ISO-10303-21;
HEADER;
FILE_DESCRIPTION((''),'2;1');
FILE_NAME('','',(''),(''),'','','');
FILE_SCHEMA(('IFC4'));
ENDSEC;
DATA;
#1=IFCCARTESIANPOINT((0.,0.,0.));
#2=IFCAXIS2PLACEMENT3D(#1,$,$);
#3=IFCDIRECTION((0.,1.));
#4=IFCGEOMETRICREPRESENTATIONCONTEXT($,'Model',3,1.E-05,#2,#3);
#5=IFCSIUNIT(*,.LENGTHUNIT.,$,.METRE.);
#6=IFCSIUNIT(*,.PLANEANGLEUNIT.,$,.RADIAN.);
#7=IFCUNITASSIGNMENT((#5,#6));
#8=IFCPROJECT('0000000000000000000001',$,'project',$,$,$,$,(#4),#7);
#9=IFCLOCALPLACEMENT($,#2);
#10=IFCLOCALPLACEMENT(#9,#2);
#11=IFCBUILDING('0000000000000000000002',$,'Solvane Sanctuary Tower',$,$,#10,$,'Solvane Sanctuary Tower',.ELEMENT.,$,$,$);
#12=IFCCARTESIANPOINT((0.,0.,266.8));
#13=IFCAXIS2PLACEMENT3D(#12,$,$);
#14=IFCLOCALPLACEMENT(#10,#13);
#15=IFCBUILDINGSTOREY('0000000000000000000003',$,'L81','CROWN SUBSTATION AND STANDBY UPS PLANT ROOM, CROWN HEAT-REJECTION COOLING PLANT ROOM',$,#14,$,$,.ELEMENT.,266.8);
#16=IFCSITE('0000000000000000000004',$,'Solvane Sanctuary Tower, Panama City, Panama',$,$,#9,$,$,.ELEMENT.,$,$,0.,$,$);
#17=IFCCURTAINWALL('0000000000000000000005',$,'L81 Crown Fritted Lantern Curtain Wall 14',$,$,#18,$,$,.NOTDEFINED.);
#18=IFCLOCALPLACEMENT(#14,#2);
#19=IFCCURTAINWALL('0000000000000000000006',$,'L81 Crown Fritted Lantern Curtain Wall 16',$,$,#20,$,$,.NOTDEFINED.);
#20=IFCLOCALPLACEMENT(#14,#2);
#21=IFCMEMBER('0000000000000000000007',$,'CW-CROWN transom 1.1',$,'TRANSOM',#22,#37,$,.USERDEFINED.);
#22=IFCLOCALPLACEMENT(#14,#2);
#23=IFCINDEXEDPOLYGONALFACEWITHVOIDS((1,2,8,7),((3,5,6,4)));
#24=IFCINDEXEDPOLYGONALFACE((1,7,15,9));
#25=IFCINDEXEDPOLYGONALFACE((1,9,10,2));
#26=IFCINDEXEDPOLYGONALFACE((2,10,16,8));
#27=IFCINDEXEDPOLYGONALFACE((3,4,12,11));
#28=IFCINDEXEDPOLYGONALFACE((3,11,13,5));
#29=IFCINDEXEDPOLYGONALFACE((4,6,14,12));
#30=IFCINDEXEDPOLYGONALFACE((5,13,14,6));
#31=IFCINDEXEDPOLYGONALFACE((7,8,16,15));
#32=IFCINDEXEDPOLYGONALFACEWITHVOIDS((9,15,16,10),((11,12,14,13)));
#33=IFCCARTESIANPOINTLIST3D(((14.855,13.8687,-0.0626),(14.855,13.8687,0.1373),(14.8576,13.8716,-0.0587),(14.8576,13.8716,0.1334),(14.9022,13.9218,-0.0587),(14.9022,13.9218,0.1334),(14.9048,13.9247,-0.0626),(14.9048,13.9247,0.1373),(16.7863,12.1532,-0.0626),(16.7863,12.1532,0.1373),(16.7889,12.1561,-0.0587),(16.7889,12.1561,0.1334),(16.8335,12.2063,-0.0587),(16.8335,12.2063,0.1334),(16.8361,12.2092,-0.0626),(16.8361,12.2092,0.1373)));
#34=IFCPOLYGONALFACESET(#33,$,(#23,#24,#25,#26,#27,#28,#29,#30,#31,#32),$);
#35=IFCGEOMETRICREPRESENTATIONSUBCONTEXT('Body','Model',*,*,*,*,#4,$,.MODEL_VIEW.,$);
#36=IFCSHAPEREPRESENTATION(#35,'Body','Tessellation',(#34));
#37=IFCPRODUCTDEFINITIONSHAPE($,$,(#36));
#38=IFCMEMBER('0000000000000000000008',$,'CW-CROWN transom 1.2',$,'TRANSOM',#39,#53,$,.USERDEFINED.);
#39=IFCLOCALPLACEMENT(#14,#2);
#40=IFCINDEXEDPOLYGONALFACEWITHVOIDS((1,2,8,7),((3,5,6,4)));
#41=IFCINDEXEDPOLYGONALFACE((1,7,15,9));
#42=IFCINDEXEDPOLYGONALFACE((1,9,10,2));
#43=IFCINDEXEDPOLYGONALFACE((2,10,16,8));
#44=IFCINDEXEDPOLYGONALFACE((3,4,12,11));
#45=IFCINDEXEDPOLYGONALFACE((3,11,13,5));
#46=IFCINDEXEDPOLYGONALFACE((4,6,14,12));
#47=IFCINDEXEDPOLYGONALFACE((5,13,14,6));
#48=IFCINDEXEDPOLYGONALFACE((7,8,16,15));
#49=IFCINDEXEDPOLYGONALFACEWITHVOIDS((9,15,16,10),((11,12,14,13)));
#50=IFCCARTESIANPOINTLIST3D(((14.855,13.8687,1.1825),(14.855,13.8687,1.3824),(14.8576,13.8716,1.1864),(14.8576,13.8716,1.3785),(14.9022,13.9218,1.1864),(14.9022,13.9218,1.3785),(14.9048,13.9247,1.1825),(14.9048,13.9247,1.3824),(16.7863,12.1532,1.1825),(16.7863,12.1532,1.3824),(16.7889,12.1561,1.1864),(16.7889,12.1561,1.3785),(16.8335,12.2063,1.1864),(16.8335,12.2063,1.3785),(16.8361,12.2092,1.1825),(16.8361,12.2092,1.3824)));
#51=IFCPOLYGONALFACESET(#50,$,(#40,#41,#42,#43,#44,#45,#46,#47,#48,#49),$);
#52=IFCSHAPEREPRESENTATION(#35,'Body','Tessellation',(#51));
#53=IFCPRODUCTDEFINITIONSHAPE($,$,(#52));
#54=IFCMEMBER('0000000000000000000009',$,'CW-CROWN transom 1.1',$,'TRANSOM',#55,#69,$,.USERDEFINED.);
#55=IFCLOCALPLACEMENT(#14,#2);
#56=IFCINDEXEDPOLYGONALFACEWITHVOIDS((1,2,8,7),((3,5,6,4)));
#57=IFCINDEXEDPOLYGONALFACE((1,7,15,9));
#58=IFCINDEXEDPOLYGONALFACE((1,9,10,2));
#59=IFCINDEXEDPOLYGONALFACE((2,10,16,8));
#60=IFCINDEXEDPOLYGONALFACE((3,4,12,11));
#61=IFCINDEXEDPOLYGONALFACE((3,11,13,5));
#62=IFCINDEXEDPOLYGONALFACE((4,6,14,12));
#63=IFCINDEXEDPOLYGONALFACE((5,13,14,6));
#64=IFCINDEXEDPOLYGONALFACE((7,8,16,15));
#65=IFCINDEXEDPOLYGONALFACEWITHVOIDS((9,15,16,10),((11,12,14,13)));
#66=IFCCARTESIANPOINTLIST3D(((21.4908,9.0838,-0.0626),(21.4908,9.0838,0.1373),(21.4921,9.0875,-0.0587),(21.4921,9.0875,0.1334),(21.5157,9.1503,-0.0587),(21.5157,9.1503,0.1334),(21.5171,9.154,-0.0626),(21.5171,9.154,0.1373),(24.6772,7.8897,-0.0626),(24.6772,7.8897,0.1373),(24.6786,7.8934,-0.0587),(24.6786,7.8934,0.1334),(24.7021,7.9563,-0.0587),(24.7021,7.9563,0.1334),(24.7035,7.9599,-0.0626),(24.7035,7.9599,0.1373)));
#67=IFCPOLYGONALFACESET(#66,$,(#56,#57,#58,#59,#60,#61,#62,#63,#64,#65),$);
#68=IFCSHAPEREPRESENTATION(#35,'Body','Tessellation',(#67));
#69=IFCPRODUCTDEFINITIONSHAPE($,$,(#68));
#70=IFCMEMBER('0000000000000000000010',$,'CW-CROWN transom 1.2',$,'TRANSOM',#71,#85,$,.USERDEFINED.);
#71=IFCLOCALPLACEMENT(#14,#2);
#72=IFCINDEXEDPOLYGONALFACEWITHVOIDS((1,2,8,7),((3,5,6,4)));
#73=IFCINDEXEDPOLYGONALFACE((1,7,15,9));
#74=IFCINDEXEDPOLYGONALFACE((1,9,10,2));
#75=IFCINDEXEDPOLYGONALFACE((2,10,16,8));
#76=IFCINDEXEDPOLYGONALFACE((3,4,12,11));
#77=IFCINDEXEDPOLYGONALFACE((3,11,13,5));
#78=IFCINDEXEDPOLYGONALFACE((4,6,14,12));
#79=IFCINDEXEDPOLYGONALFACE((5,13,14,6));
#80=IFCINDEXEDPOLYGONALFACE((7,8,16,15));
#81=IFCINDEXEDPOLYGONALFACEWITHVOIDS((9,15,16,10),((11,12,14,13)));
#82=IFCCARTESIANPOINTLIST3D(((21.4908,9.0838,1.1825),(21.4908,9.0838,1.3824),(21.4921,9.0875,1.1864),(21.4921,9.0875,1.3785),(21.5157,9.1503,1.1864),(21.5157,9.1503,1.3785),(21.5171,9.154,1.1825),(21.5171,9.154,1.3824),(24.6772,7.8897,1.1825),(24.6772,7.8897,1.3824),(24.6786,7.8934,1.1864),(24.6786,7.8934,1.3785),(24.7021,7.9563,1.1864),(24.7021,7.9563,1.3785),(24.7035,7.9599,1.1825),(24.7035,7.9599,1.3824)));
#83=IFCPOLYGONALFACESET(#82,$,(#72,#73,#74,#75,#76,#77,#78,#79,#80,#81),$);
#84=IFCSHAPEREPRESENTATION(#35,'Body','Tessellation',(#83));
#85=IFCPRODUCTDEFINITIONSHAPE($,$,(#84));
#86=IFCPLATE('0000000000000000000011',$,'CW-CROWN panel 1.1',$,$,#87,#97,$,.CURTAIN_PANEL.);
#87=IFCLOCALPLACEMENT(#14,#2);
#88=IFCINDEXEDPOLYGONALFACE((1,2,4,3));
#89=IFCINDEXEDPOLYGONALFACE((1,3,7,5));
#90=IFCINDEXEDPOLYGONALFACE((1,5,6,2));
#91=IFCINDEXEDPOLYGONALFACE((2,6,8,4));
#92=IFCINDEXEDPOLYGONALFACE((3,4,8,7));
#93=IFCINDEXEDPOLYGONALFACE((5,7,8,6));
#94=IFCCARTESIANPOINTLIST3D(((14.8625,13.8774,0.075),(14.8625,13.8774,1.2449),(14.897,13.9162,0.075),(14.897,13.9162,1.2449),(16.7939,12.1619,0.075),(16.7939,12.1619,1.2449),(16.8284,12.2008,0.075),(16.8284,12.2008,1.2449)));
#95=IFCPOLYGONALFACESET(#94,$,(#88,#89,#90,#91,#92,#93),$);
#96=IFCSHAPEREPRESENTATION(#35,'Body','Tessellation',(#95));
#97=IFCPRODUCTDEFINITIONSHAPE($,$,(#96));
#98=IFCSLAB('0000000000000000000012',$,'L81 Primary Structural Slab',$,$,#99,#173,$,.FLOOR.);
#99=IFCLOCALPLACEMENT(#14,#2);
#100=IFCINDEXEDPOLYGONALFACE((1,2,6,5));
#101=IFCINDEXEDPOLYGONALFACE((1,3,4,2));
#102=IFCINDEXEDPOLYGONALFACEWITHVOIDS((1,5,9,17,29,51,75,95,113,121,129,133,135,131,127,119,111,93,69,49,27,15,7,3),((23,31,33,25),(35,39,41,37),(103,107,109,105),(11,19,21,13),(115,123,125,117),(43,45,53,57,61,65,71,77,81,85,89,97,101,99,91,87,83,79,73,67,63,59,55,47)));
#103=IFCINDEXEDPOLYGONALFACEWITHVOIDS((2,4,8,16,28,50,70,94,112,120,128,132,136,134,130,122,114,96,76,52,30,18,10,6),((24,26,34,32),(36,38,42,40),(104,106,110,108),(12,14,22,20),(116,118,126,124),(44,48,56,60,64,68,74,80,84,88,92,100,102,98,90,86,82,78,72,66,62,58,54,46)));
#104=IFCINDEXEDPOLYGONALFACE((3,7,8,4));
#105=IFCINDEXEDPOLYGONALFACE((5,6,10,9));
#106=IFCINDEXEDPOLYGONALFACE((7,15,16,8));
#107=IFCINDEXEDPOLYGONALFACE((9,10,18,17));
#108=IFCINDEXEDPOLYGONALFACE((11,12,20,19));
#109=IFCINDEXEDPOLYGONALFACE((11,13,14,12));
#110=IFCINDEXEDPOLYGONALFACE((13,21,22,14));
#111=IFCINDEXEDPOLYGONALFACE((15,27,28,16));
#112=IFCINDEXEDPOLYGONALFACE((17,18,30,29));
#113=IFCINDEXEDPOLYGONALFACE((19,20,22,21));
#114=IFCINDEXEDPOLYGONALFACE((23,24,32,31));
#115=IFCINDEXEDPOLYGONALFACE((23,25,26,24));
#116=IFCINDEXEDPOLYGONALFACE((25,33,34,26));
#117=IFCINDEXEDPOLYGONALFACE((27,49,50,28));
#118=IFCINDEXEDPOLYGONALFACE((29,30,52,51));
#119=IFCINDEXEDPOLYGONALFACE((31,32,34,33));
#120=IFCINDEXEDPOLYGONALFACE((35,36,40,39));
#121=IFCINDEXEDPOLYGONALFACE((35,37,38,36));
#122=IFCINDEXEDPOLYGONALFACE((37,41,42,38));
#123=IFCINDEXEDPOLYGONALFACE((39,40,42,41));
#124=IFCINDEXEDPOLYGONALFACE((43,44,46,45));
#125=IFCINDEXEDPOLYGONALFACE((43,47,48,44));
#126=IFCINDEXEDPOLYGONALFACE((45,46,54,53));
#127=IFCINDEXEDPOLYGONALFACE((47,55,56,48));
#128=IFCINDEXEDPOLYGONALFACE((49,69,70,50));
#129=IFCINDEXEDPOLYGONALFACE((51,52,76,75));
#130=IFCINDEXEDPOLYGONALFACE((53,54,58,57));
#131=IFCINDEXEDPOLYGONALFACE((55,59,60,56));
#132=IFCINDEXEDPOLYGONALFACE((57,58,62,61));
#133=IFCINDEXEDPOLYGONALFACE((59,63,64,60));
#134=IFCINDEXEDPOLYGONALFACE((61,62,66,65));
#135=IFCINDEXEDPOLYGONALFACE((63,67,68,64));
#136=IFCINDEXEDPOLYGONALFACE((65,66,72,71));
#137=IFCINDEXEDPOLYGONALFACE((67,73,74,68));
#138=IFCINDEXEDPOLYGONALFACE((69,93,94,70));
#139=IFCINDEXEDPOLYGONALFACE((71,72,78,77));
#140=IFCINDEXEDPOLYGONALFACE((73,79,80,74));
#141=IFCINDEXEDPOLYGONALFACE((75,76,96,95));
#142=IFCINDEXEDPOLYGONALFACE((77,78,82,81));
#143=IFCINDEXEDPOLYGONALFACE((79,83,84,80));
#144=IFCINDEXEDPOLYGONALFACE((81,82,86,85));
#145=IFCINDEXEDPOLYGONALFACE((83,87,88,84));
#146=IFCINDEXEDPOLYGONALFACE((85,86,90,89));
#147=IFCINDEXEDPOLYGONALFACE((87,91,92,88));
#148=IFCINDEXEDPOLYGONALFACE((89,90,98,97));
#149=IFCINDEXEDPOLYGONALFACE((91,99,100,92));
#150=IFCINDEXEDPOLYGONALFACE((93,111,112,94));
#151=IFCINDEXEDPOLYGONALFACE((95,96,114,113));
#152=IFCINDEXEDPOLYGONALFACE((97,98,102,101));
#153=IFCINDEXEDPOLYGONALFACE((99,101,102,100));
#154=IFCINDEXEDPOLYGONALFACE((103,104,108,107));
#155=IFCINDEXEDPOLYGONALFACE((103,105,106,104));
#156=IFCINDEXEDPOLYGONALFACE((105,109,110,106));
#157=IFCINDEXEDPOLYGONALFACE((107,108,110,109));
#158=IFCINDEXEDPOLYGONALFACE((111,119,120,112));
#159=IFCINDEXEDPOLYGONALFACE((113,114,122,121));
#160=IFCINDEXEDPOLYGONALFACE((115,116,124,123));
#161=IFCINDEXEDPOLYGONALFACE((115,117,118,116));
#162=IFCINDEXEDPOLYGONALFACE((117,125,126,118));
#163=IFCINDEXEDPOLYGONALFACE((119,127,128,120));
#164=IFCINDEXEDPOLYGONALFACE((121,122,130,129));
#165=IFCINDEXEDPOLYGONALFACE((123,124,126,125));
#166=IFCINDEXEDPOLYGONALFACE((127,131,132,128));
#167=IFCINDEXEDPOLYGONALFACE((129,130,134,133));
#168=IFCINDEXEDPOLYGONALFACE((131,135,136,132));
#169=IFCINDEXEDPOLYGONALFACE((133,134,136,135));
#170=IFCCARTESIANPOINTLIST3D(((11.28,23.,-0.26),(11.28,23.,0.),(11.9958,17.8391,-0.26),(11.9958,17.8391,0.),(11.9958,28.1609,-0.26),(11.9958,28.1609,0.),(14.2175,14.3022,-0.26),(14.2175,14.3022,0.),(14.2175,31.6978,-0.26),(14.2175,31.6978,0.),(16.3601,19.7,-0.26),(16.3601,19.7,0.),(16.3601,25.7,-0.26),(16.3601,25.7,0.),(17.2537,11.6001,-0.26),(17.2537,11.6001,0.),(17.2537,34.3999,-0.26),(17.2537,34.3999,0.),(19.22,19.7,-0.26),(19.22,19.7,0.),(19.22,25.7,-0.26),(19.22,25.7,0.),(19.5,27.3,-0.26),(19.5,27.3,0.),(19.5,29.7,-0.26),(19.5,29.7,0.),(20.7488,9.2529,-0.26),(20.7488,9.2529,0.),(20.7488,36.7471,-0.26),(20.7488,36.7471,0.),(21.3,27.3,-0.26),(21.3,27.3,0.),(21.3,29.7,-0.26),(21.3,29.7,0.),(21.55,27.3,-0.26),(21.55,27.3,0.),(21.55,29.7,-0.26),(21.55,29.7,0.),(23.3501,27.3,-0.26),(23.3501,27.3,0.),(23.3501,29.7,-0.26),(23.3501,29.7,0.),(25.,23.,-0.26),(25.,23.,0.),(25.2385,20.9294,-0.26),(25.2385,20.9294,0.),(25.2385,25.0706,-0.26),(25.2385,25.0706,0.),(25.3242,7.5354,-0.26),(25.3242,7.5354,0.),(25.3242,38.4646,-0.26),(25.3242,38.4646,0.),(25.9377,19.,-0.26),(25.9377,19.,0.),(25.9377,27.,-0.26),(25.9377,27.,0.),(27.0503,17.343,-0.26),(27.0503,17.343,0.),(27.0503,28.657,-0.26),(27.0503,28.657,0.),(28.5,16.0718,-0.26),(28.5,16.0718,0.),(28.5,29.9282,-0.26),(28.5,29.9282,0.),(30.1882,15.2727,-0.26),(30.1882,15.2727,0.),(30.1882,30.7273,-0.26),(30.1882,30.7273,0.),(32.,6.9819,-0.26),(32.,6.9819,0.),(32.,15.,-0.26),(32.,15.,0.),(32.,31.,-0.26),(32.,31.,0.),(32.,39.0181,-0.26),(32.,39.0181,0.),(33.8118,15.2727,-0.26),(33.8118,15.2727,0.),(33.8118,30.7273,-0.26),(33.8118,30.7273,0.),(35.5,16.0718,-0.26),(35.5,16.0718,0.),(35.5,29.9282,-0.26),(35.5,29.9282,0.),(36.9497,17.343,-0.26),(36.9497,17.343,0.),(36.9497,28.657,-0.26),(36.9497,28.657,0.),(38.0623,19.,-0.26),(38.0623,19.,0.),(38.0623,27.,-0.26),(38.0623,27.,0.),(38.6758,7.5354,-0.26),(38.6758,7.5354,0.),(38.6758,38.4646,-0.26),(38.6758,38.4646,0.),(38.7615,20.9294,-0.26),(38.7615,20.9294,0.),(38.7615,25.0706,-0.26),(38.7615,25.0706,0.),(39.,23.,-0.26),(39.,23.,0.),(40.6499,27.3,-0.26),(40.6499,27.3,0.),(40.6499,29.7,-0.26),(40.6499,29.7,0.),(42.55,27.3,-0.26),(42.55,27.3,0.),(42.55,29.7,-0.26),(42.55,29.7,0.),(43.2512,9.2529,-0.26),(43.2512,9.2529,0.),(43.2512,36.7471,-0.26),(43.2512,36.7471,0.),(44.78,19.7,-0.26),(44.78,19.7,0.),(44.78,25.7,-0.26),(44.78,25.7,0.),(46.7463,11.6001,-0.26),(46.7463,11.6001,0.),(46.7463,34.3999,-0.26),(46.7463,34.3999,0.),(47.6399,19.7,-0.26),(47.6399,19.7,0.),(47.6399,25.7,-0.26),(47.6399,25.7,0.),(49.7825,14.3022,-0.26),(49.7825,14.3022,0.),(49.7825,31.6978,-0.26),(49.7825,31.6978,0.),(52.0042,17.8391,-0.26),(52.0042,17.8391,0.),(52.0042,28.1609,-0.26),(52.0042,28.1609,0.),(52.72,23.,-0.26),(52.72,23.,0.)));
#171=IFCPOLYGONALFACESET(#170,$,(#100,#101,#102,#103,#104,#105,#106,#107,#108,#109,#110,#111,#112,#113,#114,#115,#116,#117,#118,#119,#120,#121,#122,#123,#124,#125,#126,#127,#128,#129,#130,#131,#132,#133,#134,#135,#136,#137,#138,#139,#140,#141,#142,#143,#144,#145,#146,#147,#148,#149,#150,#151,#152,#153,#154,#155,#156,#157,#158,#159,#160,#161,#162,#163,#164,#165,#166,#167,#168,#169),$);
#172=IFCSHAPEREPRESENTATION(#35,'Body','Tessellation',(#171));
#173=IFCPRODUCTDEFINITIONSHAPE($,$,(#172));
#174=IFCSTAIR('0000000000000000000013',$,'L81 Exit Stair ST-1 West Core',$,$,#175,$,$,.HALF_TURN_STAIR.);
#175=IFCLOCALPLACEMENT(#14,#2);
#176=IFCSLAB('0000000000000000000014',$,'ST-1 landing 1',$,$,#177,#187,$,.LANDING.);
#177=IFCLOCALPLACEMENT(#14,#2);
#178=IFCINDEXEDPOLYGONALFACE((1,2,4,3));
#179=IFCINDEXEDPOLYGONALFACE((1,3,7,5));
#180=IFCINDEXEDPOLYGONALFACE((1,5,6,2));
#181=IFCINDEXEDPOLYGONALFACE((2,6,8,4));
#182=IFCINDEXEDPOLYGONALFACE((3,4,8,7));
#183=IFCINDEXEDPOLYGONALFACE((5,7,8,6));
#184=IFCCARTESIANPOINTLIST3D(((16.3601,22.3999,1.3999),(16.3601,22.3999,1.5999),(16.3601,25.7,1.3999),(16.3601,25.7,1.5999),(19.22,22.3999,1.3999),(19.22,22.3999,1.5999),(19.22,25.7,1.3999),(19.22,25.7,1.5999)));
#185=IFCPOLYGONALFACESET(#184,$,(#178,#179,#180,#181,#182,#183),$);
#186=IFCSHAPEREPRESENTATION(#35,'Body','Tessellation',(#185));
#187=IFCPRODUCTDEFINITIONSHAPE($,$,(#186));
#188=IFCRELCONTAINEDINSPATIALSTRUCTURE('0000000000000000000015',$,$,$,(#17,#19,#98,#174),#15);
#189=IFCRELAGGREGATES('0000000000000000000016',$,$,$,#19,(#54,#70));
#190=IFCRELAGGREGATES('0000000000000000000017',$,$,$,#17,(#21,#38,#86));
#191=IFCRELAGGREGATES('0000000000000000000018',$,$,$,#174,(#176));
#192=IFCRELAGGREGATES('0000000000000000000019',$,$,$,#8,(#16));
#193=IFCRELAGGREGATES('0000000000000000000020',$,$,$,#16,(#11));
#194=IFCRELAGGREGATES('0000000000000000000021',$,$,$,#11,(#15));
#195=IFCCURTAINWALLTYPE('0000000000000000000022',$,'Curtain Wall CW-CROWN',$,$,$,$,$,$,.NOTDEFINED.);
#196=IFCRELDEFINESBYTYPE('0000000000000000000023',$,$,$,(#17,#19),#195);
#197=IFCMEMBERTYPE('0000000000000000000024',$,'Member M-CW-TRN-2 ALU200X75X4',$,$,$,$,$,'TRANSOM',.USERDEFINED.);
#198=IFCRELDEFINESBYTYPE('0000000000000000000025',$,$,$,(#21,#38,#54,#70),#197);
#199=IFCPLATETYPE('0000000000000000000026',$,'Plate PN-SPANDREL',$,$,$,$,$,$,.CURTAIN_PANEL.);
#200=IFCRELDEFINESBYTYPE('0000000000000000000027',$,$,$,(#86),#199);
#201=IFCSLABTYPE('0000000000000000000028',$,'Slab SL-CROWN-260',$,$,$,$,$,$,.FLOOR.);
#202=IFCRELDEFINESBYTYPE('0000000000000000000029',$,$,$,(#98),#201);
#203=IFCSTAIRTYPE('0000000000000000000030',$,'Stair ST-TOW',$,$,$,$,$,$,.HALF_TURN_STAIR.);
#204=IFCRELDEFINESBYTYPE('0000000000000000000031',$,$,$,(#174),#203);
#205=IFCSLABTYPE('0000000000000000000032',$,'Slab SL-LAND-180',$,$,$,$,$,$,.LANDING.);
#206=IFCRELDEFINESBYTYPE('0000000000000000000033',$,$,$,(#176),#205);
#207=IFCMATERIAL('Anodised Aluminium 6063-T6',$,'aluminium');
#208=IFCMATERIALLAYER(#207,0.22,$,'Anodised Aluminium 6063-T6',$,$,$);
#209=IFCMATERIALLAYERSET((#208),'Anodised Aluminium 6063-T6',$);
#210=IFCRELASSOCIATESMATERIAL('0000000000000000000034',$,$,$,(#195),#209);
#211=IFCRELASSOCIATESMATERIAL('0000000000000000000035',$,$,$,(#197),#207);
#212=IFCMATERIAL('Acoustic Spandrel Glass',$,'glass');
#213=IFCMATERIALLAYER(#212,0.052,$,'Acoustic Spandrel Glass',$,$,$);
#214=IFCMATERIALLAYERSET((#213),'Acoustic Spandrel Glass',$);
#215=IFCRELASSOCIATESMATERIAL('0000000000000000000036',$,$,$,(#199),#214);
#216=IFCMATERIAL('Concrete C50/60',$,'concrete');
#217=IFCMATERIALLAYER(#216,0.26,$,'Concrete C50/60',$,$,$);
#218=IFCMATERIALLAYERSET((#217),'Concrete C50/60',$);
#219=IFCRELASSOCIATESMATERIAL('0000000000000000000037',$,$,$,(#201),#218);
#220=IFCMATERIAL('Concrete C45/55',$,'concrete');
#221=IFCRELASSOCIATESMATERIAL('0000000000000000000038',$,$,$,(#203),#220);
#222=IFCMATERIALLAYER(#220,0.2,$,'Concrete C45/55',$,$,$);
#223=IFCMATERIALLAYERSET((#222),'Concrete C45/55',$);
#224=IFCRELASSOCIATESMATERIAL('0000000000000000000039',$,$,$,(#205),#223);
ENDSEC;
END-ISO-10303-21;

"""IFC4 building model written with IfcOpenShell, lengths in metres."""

from ifc_helpers import new_model, si_unit, direction, frame, origin, origin_2d, place, context, subcontext, project, spatial, polyline, rectangle, hollow_rectangle, outline, extrude, material, layer, layer_set, material_profile, profile_set, type_object, element, aggregate, save


model = new_model("IFC4")

# Units and contexts
model_context = context("Model", 3, precision=1e-05, world=origin(), true_north=direction((0.0, 1.0)))
body_context = subcontext(model_context, "Body", "Model", "MODEL_VIEW")
ifc_project = project(units=[si_unit("LENGTHUNIT", "METRE"), si_unit("PLANEANGLEUNIT", "RADIAN")], contexts=[model_context])

# Site, building, storey
site_placement = place(None, origin())
site = spatial("IfcSite", under=ifc_project, at=site_placement, Name="Solvane Sanctuary Tower, Panama City, Panama", CompositionType="ELEMENT", RefElevation=0.0)
building_placement = place(site_placement, origin())
building = spatial("IfcBuilding", under=site, at=building_placement, Name="Solvane Sanctuary Tower", LongName="Solvane Sanctuary Tower", CompositionType="ELEMENT")
storey_placement = place(building_placement, frame((0.0, 0.0, 266.8)))
storey = spatial("IfcBuildingStorey", under=building, at=storey_placement, Name="L81", Description="CROWN SUBSTATION AND STANDBY UPS PLANT ROOM, CROWN HEAT-REJECTION COOLING PLANT ROOM", CompositionType="ELEMENT", Elevation=266.8)

# Shared definitions
ifc_material_1 = material(Name="Anodised Aluminium 6063-T6", Category="aluminium")
ifc_layer_1 = layer(ifc_material_1, 0.22, Name="Anodised Aluminium 6063-T6")
ifc_layer_set_1 = layer_set([ifc_layer_1], Name="Anodised Aluminium 6063-T6")
curtain_wall_type = type_object("IfcCurtainWallType", Name="Curtain Wall CW-CROWN", PredefinedType="NOTDEFINED", material=ifc_layer_set_1)

# Curtain wall
curtain_wall_1_placement = place(storey_placement, origin())
curtain_wall_1 = element("IfcCurtainWall", 1, at=curtain_wall_1_placement, inside=storey, type_object=curtain_wall_type, Name="L81 Crown Fritted Lantern Curtain Wall 14", PredefinedType="NOTDEFINED")

# Curtain wall
curtain_wall_2_placement = place(storey_placement, origin())
curtain_wall_2 = element("IfcCurtainWall", 2, at=curtain_wall_2_placement, inside=storey, type_object=curtain_wall_type, Name="L81 Crown Fritted Lantern Curtain Wall 16", PredefinedType="NOTDEFINED")

# Members
ifc_material_profile_1 = material_profile(ifc_material_1, hollow_rectangle(XDim=0.075, YDim=0.2, WallThickness=0.0039, at=origin_2d()), Name="ALU200X75X4")
ifc_profile_set_1 = profile_set([ifc_material_profile_1], Name="Anodised Aluminium 6063-T6")
member_type_1 = type_object("IfcMemberType", Name="Member M-CW-TRN-2 ALU200X75X4", ElementType="TRANSOM", PredefinedType="USERDEFINED", material=ifc_profile_set_1)
member_1_placement = place(storey_placement, frame((14.8799, 13.8967, 0.0374), z_axis=(0.747644, -0.6641, 0.0), x_axis=(0.6641, 0.747644, 0.0)))
member_1 = element("IfcMember", 3, at=member_1_placement, type_object=member_type_1, Name="CW-CROWN transom 1.1", ObjectType="TRANSOM", PredefinedType="USERDEFINED", context=body_context, shape_type="SweptSolid", body=[
    extrude(hollow_rectangle(XDim=0.075, YDim=0.2, WallThickness=0.0039, at=origin_2d()), origin(), (0.0, 0.0, 1.0), 2.5833),
])
member_2_placement = place(storey_placement, frame((14.8799, 13.8967, 1.2825), z_axis=(0.747644, -0.6641, 0.0), x_axis=(0.6641, 0.747644, 0.0)))
member_2 = element("IfcMember", 4, at=member_2_placement, type_object=member_type_1, Name="CW-CROWN transom 1.2", ObjectType="TRANSOM", PredefinedType="USERDEFINED", context=body_context, shape_type="SweptSolid", body=[
    extrude(hollow_rectangle(XDim=0.075, YDim=0.2, WallThickness=0.0039, at=origin_2d()), origin(), (0.0, 0.0, 1.0), 2.5833),
])
member_3_placement = place(storey_placement, frame((21.5039, 9.1189, 0.0374), z_axis=(0.936412, -0.350903, 0.0), x_axis=(0.350903, 0.936412, 0.0)))
member_3 = element("IfcMember", 5, at=member_3_placement, type_object=member_type_1, Name="CW-CROWN transom 1.1", ObjectType="TRANSOM", PredefinedType="USERDEFINED", context=body_context, shape_type="SweptSolid", body=[
    extrude(hollow_rectangle(XDim=0.075, YDim=0.2, WallThickness=0.0039, at=origin_2d()), origin(), (0.0, 0.0, 1.0), 3.4028),
])
member_4_placement = place(storey_placement, frame((21.5039, 9.1189, 1.2825), z_axis=(0.936412, -0.350903, 0.0), x_axis=(0.350903, 0.936412, 0.0)))
member_4 = element("IfcMember", 6, at=member_4_placement, type_object=member_type_1, Name="CW-CROWN transom 1.2", ObjectType="TRANSOM", PredefinedType="USERDEFINED", context=body_context, shape_type="SweptSolid", body=[
    extrude(hollow_rectangle(XDim=0.075, YDim=0.2, WallThickness=0.0039, at=origin_2d()), origin(), (0.0, 0.0, 1.0), 3.4028),
])
aggregate(curtain_wall_2, [member_3, member_4])

# Plate
ifc_material_2 = material(Name="Acoustic Spandrel Glass", Category="glass")
ifc_layer_2 = layer(ifc_material_2, 0.052, Name="Acoustic Spandrel Glass")
ifc_layer_set_2 = layer_set([ifc_layer_2], Name="Acoustic Spandrel Glass")
plate_type = type_object("IfcPlateType", Name="Plate PN-SPANDREL", PredefinedType="CURTAIN_PANEL", material=ifc_layer_set_2)
plate_placement = place(storey_placement, frame((15.8455, 13.0391, 0.075), z_axis=(0.0, 0.0, 1.0), x_axis=(0.74767, -0.664071, 0.0)))
plate = element("IfcPlate", 7, at=plate_placement, type_object=plate_type, Name="CW-CROWN panel 1.1", PredefinedType="CURTAIN_PANEL", context=body_context, shape_type="SweptSolid", body=[
    extrude(rectangle(XDim=2.5833, YDim=0.052, at=origin_2d()), origin(), (0.0, 0.0, 1.0), 1.1699),
])
aggregate(curtain_wall_1, [member_1, member_2, plate])

# Slab
ifc_material_3 = material(Name="Concrete C50/60", Category="concrete")
ifc_layer_3 = layer(ifc_material_3, 0.26, Name="Concrete C50/60")
ifc_layer_set_3 = layer_set([ifc_layer_3], Name="Concrete C50/60")
slab_type_1 = type_object("IfcSlabType", Name="Slab SL-CROWN-260", PredefinedType="FLOOR", material=ifc_layer_set_3)
slab_1_placement = place(storey_placement, frame((0.0, 0.0, -0.26)))
element("IfcSlab", 8, at=slab_1_placement, inside=storey, type_object=slab_type_1, Name="L81 Primary Structural Slab", PredefinedType="FLOOR", context=body_context, shape_type="SweptSolid", body=[
    extrude(outline(polyline([(52.72, 23.0), (52.0042, 28.1609), (49.7825, 31.6978), (46.7463, 34.3999), (43.2512, 36.7471), (38.6758, 38.4646), (32.0, 39.0181), (25.3242, 38.4646), (20.7488, 36.7471), (17.2537, 34.3999), (14.2175, 31.6978), (11.9958, 28.1609), (11.28, 23.0), (11.9958, 17.8391), (14.2175, 14.3022), (17.2537, 11.6001), (20.7488, 9.2529), (25.3242, 7.5354), (32.0, 6.9819), (38.6758, 7.5354), (43.2512, 9.2529), (46.7463, 11.6001), (49.7825, 14.3022), (52.0042, 17.8391), (52.72, 23.0)]), holes=[polyline([(38.7615, 20.9294), (38.0623, 19.0), (36.9497, 17.343), (35.5, 16.0718), (33.8118, 15.2727), (32.0, 15.0), (30.1882, 15.2727), (28.5, 16.0718), (27.0503, 17.343), (25.9377, 19.0), (25.2385, 20.9294), (25.0, 23.0), (25.2385, 25.0706), (25.9377, 27.0), (27.0503, 28.657), (28.5, 29.9282), (30.1882, 30.7273), (32.0, 31.0), (33.8118, 30.7273), (35.5, 29.9282), (36.9497, 28.657), (38.0623, 27.0), (38.7615, 25.0706), (39.0, 23.0), (38.7615, 20.9294)]), polyline([(16.3601, 19.7), (16.3601, 25.7), (19.22, 25.7), (19.22, 19.7), (16.3601, 19.7)]), polyline([(44.78, 19.7), (44.78, 25.7), (47.6399, 25.7), (47.6399, 19.7), (44.78, 19.7)]), polyline([(19.5, 29.7), (21.3, 29.7), (21.3, 27.3), (19.5, 27.3), (19.5, 29.7)]), polyline([(21.55, 29.7), (23.3501, 29.7), (23.3501, 27.3), (21.55, 27.3), (21.55, 29.7)]), polyline([(40.6499, 29.7), (42.55, 29.7), (42.55, 27.3), (40.6499, 27.3), (40.6499, 29.7)])]), origin(), (0.0, 0.0, 1.0), 0.26),
])

# Stair, slab
ifc_material_4 = material(Name="Concrete C45/55", Category="concrete")
stair_type = type_object("IfcStairType", Name="Stair ST-TOW", PredefinedType="HALF_TURN_STAIR", material=ifc_material_4)
stair_1_placement = place(storey_placement, origin())
stair_1 = element("IfcStair", 9, at=stair_1_placement, inside=storey, type_object=stair_type, Name="L81 Exit Stair ST-1 West Core", PredefinedType="HALF_TURN_STAIR")
ifc_layer_4 = layer(ifc_material_4, 0.2, Name="Concrete C45/55")
ifc_layer_set_4 = layer_set([ifc_layer_4], Name="Concrete C45/55")
slab_type_2 = type_object("IfcSlabType", Name="Slab SL-LAND-180", PredefinedType="LANDING", material=ifc_layer_set_4)
slab_2_placement = place(storey_placement, frame((0.0, 0.0, 1.3999)))
slab_2 = element("IfcSlab", 10, at=slab_2_placement, type_object=slab_type_2, Name="ST-1 landing 1", PredefinedType="LANDING", context=body_context, shape_type="SweptSolid", body=[
    extrude(outline(polyline([(19.22, 22.3999), (19.22, 25.7), (16.3601, 25.7), (16.3601, 22.3999), (19.22, 22.3999)])), origin(), (0.0, 0.0, 1.0), 0.2),
])
aggregate(stair_1, [slab_2])

save(model, "model.ifc")
